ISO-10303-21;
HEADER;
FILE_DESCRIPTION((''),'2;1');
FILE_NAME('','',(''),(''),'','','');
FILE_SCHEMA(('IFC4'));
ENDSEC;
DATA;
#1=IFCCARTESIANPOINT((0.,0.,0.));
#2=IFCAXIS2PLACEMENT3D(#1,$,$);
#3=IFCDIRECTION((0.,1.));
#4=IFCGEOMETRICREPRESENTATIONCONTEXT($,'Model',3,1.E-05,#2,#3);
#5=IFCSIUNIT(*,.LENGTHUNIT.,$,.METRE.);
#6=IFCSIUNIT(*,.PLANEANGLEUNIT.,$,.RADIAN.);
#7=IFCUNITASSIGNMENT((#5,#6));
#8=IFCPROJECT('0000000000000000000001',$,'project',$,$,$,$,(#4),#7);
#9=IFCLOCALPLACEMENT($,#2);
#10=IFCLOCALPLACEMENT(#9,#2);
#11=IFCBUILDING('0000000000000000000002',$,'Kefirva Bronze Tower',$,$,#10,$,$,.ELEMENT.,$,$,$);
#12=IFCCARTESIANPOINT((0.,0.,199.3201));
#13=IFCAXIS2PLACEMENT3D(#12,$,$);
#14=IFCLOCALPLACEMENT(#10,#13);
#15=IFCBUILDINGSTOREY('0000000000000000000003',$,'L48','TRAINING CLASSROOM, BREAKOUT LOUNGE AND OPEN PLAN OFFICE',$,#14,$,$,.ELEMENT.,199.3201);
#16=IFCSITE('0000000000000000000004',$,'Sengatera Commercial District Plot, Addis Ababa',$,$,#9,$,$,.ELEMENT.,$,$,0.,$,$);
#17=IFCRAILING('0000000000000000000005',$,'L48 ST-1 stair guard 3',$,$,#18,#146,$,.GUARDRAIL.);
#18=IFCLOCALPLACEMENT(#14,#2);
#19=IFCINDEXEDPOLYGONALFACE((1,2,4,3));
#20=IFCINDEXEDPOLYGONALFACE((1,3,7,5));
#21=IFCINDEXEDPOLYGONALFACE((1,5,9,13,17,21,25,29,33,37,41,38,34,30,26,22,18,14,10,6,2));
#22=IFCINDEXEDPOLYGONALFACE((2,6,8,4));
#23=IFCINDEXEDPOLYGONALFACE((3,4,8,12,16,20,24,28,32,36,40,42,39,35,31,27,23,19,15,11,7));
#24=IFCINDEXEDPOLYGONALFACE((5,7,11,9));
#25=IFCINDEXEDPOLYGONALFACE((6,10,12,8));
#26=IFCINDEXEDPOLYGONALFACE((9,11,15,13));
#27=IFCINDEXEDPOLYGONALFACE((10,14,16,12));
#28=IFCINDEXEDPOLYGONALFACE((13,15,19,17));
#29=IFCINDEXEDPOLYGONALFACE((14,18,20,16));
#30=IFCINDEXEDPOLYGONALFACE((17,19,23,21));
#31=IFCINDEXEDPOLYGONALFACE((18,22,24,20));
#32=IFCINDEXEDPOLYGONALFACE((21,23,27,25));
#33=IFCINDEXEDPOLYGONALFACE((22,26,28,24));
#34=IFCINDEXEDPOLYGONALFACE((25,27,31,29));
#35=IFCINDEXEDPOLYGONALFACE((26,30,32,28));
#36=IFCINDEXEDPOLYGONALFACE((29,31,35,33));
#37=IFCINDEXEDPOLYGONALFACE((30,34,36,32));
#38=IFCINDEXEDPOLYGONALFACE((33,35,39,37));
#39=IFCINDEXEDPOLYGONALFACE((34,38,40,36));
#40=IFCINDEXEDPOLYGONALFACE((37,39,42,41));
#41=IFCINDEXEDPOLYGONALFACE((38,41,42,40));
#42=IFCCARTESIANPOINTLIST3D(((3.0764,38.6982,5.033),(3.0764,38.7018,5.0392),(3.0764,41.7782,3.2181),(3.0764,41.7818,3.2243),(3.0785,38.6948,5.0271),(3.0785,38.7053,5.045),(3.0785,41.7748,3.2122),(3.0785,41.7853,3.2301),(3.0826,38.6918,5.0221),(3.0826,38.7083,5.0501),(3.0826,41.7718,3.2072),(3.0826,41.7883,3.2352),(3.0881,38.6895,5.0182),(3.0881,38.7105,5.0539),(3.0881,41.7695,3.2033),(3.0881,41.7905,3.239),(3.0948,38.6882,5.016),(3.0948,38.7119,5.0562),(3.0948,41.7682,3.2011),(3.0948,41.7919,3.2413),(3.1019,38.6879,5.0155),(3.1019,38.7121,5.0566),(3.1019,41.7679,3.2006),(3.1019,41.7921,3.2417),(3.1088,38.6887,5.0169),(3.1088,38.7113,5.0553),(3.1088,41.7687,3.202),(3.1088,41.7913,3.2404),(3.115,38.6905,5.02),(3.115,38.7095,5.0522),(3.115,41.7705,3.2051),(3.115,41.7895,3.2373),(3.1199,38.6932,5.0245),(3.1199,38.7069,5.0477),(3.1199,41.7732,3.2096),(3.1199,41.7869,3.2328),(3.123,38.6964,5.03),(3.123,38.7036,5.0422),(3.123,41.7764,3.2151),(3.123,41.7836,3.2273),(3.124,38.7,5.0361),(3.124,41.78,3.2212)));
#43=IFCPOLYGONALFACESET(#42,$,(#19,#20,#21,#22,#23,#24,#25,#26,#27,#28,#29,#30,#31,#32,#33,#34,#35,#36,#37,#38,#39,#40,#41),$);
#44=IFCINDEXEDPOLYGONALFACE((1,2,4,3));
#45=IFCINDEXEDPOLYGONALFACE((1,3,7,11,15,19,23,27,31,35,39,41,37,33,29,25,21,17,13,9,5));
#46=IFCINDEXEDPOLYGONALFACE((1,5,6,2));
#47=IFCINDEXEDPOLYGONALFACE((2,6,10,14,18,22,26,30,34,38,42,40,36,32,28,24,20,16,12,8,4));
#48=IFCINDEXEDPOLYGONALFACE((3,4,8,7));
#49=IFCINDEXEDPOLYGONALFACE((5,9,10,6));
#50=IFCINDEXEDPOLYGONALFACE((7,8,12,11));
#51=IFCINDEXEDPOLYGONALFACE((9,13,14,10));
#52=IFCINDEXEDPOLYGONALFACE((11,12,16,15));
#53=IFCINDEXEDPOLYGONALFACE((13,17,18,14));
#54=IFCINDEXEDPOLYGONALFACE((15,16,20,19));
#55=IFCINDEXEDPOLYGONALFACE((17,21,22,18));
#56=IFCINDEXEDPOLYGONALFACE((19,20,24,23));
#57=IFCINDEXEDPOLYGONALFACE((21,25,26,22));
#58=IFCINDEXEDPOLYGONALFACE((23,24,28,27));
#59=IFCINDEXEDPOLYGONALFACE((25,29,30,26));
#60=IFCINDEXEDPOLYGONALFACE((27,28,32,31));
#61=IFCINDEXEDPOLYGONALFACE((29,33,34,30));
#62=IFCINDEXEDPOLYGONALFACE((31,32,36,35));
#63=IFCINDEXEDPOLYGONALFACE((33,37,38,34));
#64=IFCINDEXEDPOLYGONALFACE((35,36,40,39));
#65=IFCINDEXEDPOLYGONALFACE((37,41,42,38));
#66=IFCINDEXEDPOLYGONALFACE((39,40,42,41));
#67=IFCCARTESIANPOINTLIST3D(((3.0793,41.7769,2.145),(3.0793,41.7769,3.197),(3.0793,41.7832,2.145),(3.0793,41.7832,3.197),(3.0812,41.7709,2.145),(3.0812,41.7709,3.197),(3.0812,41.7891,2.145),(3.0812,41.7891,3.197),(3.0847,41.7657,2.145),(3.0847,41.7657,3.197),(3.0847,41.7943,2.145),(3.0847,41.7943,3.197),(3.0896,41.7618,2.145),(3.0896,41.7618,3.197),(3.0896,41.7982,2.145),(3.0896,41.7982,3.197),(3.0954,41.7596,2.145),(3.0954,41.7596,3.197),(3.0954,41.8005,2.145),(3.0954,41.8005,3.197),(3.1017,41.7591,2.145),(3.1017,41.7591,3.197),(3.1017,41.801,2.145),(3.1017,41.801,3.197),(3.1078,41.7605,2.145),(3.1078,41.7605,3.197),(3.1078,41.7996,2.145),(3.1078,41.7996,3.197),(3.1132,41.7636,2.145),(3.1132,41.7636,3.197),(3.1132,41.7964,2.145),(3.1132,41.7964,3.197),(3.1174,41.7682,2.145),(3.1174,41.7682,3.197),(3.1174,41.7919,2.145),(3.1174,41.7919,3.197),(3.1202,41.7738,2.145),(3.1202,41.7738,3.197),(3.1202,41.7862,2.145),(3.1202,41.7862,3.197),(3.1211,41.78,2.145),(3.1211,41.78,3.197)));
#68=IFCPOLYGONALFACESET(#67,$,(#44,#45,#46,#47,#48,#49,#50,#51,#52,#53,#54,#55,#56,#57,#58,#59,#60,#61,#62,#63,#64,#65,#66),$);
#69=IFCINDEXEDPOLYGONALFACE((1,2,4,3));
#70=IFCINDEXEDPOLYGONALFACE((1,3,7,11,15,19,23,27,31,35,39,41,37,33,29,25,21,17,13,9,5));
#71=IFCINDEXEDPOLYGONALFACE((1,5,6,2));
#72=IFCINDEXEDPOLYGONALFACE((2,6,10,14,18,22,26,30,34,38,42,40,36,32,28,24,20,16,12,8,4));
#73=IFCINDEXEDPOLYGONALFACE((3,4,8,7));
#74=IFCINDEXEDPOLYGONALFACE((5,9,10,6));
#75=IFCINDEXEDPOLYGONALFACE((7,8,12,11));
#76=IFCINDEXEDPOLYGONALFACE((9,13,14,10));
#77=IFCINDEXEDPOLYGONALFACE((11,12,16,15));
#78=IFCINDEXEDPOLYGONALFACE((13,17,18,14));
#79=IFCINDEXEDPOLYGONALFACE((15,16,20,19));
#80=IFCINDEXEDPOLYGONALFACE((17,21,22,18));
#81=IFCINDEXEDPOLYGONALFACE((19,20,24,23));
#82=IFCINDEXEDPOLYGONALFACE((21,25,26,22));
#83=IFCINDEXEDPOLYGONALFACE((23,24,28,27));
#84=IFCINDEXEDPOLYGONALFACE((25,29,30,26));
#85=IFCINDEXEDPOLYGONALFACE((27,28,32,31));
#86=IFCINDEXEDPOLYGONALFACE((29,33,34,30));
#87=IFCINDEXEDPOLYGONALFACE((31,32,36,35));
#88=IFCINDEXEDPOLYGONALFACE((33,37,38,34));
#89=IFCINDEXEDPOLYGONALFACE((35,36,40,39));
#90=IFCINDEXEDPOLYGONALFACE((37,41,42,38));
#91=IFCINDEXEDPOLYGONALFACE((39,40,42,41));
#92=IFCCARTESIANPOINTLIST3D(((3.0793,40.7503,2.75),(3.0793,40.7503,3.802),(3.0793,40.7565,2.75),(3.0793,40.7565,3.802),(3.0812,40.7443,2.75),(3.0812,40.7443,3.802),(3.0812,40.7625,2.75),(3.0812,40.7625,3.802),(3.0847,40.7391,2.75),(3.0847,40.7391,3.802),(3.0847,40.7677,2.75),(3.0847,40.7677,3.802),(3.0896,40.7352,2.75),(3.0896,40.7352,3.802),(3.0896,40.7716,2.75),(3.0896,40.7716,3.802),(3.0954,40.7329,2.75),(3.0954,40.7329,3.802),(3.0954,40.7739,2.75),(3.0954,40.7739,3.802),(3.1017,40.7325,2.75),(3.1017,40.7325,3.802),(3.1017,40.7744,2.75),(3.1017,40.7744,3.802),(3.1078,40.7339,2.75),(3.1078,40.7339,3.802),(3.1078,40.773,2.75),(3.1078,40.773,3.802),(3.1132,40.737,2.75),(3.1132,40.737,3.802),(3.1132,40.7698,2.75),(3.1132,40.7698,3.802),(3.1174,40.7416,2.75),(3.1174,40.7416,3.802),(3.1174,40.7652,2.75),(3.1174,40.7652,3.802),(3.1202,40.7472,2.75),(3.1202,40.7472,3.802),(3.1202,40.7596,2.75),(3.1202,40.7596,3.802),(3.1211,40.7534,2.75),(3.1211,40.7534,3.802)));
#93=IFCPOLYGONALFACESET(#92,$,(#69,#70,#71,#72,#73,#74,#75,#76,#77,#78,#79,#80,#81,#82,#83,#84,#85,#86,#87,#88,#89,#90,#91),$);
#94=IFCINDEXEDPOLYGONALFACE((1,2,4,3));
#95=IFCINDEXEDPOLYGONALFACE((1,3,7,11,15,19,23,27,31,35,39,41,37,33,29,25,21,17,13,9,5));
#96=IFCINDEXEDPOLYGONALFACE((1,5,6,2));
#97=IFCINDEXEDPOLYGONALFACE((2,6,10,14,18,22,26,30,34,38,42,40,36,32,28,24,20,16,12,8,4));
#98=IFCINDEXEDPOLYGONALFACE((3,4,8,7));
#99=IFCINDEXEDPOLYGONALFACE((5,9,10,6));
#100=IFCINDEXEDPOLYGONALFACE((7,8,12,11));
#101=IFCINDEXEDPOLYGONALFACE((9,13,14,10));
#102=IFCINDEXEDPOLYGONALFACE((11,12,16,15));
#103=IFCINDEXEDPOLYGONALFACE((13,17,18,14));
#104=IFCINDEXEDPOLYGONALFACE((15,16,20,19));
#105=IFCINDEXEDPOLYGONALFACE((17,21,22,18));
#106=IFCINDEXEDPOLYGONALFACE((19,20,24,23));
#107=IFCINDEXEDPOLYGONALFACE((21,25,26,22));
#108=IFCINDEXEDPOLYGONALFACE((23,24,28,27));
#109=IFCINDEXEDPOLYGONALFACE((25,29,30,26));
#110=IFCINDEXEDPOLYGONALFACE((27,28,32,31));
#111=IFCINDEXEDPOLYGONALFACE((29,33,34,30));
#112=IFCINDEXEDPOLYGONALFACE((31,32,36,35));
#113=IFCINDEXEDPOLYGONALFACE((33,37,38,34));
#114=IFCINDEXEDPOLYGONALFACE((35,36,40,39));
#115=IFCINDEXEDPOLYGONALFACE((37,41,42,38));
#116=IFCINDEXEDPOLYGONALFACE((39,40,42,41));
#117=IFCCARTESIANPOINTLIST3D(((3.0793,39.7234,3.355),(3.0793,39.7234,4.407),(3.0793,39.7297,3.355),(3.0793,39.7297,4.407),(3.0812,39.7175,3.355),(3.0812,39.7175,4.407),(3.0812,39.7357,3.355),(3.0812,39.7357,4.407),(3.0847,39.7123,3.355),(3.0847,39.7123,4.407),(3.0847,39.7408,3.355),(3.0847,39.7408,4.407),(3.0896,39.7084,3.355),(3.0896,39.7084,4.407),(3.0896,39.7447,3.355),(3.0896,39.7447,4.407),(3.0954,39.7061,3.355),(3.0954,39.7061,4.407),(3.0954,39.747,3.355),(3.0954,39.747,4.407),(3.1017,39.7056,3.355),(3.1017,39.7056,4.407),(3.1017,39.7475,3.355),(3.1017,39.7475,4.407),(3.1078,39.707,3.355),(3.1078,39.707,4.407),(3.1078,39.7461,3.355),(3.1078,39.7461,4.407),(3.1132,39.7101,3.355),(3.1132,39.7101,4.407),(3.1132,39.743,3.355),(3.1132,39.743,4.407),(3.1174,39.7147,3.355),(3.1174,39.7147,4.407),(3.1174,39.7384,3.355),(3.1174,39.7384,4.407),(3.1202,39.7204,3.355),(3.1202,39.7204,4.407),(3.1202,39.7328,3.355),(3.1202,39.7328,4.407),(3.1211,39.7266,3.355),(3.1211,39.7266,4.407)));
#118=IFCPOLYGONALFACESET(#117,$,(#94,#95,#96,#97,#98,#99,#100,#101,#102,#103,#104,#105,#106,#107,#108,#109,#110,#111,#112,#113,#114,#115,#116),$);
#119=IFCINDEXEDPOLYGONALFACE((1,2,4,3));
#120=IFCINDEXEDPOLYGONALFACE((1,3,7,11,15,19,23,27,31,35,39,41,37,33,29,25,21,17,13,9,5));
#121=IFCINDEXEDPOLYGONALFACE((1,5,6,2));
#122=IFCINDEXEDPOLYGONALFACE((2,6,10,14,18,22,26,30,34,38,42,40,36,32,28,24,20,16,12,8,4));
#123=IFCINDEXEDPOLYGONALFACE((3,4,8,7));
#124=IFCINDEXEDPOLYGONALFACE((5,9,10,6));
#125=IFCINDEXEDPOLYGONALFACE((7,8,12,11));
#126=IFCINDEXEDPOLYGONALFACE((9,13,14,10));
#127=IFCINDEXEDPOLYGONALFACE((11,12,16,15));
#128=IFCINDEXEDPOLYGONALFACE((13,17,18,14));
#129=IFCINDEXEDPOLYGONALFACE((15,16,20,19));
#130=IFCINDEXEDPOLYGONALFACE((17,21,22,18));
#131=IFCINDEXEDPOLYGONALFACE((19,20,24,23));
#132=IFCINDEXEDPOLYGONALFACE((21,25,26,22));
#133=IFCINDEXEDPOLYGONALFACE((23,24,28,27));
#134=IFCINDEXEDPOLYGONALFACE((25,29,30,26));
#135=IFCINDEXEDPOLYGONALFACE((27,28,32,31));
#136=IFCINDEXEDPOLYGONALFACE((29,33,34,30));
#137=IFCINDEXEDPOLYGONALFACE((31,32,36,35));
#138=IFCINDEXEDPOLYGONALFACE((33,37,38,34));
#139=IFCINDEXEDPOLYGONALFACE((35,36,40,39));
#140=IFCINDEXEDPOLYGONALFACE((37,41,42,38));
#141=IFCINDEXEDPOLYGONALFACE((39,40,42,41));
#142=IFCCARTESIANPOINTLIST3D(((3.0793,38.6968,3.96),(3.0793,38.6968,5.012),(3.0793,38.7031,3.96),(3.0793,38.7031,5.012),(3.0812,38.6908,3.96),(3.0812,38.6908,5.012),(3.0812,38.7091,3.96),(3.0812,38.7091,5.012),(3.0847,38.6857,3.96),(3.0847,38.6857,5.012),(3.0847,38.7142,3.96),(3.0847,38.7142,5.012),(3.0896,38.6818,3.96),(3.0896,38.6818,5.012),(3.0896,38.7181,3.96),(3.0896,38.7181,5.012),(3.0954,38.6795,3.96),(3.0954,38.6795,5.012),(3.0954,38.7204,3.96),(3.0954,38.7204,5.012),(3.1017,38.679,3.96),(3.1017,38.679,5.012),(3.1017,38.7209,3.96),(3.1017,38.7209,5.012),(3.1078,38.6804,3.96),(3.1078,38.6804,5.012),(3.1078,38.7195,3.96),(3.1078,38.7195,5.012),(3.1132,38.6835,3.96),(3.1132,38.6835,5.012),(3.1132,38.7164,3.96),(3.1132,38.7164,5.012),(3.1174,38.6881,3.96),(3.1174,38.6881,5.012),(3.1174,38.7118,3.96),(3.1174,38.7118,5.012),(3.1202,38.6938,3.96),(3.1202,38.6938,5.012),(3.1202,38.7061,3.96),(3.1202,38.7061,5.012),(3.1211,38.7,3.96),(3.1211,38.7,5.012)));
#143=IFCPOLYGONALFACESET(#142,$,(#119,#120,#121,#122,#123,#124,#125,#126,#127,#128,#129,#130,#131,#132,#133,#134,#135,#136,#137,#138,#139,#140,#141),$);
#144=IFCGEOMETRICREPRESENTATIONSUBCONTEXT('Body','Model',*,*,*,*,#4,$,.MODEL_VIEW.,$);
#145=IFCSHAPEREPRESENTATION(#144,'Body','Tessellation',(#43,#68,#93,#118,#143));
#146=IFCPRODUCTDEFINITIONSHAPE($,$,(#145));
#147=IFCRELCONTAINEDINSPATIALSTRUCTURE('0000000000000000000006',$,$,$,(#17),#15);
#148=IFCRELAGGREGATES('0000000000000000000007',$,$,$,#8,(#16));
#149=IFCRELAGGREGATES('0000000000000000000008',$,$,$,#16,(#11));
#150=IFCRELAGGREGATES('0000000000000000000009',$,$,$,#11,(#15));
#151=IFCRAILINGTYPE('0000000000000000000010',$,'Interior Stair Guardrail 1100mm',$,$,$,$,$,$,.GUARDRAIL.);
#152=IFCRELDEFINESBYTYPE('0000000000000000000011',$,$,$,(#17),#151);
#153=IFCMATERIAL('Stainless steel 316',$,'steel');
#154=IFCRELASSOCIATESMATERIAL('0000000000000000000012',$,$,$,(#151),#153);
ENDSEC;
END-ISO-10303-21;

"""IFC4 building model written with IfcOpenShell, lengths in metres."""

from ifc_helpers import new_model, si_unit, direction, frame, origin, origin_2d, place, context, subcontext, project, spatial, circle, extrude, material, type_object, element, save


model = new_model("IFC4")

# Units and contexts
model_context = context("Model", 3, precision=1e-05, world=origin(), true_north=direction((0.0, 1.0)))
body_context = subcontext(model_context, "Body", "Model", "MODEL_VIEW")
ifc_project = project(units=[si_unit("LENGTHUNIT", "METRE"), si_unit("PLANEANGLEUNIT", "RADIAN")], contexts=[model_context])

# Site, building, storey
site_placement = place(None, origin())
site = spatial("IfcSite", under=ifc_project, at=site_placement, Name="Sengatera Commercial District Plot, Addis Ababa", CompositionType="ELEMENT", RefElevation=0.0)
building_placement = place(site_placement, origin())
building = spatial("IfcBuilding", under=site, at=building_placement, Name="Kefirva Bronze Tower", CompositionType="ELEMENT")
storey_placement = place(building_placement, frame((0.0, 0.0, 199.3201)))
storey = spatial("IfcBuildingStorey", under=building, at=storey_placement, Name="L48", Description="TRAINING CLASSROOM, BREAKOUT LOUNGE AND OPEN PLAN OFFICE", CompositionType="ELEMENT", Elevation=199.3201)

# Railing
ifc_material_1 = material(Name="Stainless steel 316", Category="steel")
railing_type_1 = type_object("IfcRailingType", Name="Interior Stair Guardrail 1100mm", PredefinedType="GUARDRAIL", material=ifc_material_1)
railing_1_placement = place(storey_placement, frame((3.1001, 41.78, 2.145)))
element("IfcRailing", 1, at=railing_1_placement, inside=storey, type_object=railing_type_1, Name="L48 ST-1 stair guard 3", PredefinedType="GUARDRAIL", context=body_context, shape_type="SweptSolid", body=[
    extrude(circle(Radius=0.0239, at=origin_2d()), frame((0.0, 0.0, 1.0762), z_axis=(0.0, -0.861551, 0.507671), x_axis=(1.0, 0.0, 0.0)), (0.0, 0.0, 1.0), 3.575),
    extrude(circle(Radius=0.021, at=origin_2d()), origin(), (0.0, 0.0, 1.0), 1.052),
    extrude(circle(Radius=0.021, at=origin_2d()), frame((0.0, -1.0266, 0.605)), (0.0, 0.0, 1.0), 1.052),
    extrude(circle(Radius=0.021, at=origin_2d()), frame((0.0, -2.0535, 1.21)), (0.0, 0.0, 1.0), 1.052),
    extrude(circle(Radius=0.021, at=origin_2d()), frame((0.0, -3.0801, 1.8149)), (0.0, 0.0, 1.0), 1.052),
])

save(model, "model.ifc")
